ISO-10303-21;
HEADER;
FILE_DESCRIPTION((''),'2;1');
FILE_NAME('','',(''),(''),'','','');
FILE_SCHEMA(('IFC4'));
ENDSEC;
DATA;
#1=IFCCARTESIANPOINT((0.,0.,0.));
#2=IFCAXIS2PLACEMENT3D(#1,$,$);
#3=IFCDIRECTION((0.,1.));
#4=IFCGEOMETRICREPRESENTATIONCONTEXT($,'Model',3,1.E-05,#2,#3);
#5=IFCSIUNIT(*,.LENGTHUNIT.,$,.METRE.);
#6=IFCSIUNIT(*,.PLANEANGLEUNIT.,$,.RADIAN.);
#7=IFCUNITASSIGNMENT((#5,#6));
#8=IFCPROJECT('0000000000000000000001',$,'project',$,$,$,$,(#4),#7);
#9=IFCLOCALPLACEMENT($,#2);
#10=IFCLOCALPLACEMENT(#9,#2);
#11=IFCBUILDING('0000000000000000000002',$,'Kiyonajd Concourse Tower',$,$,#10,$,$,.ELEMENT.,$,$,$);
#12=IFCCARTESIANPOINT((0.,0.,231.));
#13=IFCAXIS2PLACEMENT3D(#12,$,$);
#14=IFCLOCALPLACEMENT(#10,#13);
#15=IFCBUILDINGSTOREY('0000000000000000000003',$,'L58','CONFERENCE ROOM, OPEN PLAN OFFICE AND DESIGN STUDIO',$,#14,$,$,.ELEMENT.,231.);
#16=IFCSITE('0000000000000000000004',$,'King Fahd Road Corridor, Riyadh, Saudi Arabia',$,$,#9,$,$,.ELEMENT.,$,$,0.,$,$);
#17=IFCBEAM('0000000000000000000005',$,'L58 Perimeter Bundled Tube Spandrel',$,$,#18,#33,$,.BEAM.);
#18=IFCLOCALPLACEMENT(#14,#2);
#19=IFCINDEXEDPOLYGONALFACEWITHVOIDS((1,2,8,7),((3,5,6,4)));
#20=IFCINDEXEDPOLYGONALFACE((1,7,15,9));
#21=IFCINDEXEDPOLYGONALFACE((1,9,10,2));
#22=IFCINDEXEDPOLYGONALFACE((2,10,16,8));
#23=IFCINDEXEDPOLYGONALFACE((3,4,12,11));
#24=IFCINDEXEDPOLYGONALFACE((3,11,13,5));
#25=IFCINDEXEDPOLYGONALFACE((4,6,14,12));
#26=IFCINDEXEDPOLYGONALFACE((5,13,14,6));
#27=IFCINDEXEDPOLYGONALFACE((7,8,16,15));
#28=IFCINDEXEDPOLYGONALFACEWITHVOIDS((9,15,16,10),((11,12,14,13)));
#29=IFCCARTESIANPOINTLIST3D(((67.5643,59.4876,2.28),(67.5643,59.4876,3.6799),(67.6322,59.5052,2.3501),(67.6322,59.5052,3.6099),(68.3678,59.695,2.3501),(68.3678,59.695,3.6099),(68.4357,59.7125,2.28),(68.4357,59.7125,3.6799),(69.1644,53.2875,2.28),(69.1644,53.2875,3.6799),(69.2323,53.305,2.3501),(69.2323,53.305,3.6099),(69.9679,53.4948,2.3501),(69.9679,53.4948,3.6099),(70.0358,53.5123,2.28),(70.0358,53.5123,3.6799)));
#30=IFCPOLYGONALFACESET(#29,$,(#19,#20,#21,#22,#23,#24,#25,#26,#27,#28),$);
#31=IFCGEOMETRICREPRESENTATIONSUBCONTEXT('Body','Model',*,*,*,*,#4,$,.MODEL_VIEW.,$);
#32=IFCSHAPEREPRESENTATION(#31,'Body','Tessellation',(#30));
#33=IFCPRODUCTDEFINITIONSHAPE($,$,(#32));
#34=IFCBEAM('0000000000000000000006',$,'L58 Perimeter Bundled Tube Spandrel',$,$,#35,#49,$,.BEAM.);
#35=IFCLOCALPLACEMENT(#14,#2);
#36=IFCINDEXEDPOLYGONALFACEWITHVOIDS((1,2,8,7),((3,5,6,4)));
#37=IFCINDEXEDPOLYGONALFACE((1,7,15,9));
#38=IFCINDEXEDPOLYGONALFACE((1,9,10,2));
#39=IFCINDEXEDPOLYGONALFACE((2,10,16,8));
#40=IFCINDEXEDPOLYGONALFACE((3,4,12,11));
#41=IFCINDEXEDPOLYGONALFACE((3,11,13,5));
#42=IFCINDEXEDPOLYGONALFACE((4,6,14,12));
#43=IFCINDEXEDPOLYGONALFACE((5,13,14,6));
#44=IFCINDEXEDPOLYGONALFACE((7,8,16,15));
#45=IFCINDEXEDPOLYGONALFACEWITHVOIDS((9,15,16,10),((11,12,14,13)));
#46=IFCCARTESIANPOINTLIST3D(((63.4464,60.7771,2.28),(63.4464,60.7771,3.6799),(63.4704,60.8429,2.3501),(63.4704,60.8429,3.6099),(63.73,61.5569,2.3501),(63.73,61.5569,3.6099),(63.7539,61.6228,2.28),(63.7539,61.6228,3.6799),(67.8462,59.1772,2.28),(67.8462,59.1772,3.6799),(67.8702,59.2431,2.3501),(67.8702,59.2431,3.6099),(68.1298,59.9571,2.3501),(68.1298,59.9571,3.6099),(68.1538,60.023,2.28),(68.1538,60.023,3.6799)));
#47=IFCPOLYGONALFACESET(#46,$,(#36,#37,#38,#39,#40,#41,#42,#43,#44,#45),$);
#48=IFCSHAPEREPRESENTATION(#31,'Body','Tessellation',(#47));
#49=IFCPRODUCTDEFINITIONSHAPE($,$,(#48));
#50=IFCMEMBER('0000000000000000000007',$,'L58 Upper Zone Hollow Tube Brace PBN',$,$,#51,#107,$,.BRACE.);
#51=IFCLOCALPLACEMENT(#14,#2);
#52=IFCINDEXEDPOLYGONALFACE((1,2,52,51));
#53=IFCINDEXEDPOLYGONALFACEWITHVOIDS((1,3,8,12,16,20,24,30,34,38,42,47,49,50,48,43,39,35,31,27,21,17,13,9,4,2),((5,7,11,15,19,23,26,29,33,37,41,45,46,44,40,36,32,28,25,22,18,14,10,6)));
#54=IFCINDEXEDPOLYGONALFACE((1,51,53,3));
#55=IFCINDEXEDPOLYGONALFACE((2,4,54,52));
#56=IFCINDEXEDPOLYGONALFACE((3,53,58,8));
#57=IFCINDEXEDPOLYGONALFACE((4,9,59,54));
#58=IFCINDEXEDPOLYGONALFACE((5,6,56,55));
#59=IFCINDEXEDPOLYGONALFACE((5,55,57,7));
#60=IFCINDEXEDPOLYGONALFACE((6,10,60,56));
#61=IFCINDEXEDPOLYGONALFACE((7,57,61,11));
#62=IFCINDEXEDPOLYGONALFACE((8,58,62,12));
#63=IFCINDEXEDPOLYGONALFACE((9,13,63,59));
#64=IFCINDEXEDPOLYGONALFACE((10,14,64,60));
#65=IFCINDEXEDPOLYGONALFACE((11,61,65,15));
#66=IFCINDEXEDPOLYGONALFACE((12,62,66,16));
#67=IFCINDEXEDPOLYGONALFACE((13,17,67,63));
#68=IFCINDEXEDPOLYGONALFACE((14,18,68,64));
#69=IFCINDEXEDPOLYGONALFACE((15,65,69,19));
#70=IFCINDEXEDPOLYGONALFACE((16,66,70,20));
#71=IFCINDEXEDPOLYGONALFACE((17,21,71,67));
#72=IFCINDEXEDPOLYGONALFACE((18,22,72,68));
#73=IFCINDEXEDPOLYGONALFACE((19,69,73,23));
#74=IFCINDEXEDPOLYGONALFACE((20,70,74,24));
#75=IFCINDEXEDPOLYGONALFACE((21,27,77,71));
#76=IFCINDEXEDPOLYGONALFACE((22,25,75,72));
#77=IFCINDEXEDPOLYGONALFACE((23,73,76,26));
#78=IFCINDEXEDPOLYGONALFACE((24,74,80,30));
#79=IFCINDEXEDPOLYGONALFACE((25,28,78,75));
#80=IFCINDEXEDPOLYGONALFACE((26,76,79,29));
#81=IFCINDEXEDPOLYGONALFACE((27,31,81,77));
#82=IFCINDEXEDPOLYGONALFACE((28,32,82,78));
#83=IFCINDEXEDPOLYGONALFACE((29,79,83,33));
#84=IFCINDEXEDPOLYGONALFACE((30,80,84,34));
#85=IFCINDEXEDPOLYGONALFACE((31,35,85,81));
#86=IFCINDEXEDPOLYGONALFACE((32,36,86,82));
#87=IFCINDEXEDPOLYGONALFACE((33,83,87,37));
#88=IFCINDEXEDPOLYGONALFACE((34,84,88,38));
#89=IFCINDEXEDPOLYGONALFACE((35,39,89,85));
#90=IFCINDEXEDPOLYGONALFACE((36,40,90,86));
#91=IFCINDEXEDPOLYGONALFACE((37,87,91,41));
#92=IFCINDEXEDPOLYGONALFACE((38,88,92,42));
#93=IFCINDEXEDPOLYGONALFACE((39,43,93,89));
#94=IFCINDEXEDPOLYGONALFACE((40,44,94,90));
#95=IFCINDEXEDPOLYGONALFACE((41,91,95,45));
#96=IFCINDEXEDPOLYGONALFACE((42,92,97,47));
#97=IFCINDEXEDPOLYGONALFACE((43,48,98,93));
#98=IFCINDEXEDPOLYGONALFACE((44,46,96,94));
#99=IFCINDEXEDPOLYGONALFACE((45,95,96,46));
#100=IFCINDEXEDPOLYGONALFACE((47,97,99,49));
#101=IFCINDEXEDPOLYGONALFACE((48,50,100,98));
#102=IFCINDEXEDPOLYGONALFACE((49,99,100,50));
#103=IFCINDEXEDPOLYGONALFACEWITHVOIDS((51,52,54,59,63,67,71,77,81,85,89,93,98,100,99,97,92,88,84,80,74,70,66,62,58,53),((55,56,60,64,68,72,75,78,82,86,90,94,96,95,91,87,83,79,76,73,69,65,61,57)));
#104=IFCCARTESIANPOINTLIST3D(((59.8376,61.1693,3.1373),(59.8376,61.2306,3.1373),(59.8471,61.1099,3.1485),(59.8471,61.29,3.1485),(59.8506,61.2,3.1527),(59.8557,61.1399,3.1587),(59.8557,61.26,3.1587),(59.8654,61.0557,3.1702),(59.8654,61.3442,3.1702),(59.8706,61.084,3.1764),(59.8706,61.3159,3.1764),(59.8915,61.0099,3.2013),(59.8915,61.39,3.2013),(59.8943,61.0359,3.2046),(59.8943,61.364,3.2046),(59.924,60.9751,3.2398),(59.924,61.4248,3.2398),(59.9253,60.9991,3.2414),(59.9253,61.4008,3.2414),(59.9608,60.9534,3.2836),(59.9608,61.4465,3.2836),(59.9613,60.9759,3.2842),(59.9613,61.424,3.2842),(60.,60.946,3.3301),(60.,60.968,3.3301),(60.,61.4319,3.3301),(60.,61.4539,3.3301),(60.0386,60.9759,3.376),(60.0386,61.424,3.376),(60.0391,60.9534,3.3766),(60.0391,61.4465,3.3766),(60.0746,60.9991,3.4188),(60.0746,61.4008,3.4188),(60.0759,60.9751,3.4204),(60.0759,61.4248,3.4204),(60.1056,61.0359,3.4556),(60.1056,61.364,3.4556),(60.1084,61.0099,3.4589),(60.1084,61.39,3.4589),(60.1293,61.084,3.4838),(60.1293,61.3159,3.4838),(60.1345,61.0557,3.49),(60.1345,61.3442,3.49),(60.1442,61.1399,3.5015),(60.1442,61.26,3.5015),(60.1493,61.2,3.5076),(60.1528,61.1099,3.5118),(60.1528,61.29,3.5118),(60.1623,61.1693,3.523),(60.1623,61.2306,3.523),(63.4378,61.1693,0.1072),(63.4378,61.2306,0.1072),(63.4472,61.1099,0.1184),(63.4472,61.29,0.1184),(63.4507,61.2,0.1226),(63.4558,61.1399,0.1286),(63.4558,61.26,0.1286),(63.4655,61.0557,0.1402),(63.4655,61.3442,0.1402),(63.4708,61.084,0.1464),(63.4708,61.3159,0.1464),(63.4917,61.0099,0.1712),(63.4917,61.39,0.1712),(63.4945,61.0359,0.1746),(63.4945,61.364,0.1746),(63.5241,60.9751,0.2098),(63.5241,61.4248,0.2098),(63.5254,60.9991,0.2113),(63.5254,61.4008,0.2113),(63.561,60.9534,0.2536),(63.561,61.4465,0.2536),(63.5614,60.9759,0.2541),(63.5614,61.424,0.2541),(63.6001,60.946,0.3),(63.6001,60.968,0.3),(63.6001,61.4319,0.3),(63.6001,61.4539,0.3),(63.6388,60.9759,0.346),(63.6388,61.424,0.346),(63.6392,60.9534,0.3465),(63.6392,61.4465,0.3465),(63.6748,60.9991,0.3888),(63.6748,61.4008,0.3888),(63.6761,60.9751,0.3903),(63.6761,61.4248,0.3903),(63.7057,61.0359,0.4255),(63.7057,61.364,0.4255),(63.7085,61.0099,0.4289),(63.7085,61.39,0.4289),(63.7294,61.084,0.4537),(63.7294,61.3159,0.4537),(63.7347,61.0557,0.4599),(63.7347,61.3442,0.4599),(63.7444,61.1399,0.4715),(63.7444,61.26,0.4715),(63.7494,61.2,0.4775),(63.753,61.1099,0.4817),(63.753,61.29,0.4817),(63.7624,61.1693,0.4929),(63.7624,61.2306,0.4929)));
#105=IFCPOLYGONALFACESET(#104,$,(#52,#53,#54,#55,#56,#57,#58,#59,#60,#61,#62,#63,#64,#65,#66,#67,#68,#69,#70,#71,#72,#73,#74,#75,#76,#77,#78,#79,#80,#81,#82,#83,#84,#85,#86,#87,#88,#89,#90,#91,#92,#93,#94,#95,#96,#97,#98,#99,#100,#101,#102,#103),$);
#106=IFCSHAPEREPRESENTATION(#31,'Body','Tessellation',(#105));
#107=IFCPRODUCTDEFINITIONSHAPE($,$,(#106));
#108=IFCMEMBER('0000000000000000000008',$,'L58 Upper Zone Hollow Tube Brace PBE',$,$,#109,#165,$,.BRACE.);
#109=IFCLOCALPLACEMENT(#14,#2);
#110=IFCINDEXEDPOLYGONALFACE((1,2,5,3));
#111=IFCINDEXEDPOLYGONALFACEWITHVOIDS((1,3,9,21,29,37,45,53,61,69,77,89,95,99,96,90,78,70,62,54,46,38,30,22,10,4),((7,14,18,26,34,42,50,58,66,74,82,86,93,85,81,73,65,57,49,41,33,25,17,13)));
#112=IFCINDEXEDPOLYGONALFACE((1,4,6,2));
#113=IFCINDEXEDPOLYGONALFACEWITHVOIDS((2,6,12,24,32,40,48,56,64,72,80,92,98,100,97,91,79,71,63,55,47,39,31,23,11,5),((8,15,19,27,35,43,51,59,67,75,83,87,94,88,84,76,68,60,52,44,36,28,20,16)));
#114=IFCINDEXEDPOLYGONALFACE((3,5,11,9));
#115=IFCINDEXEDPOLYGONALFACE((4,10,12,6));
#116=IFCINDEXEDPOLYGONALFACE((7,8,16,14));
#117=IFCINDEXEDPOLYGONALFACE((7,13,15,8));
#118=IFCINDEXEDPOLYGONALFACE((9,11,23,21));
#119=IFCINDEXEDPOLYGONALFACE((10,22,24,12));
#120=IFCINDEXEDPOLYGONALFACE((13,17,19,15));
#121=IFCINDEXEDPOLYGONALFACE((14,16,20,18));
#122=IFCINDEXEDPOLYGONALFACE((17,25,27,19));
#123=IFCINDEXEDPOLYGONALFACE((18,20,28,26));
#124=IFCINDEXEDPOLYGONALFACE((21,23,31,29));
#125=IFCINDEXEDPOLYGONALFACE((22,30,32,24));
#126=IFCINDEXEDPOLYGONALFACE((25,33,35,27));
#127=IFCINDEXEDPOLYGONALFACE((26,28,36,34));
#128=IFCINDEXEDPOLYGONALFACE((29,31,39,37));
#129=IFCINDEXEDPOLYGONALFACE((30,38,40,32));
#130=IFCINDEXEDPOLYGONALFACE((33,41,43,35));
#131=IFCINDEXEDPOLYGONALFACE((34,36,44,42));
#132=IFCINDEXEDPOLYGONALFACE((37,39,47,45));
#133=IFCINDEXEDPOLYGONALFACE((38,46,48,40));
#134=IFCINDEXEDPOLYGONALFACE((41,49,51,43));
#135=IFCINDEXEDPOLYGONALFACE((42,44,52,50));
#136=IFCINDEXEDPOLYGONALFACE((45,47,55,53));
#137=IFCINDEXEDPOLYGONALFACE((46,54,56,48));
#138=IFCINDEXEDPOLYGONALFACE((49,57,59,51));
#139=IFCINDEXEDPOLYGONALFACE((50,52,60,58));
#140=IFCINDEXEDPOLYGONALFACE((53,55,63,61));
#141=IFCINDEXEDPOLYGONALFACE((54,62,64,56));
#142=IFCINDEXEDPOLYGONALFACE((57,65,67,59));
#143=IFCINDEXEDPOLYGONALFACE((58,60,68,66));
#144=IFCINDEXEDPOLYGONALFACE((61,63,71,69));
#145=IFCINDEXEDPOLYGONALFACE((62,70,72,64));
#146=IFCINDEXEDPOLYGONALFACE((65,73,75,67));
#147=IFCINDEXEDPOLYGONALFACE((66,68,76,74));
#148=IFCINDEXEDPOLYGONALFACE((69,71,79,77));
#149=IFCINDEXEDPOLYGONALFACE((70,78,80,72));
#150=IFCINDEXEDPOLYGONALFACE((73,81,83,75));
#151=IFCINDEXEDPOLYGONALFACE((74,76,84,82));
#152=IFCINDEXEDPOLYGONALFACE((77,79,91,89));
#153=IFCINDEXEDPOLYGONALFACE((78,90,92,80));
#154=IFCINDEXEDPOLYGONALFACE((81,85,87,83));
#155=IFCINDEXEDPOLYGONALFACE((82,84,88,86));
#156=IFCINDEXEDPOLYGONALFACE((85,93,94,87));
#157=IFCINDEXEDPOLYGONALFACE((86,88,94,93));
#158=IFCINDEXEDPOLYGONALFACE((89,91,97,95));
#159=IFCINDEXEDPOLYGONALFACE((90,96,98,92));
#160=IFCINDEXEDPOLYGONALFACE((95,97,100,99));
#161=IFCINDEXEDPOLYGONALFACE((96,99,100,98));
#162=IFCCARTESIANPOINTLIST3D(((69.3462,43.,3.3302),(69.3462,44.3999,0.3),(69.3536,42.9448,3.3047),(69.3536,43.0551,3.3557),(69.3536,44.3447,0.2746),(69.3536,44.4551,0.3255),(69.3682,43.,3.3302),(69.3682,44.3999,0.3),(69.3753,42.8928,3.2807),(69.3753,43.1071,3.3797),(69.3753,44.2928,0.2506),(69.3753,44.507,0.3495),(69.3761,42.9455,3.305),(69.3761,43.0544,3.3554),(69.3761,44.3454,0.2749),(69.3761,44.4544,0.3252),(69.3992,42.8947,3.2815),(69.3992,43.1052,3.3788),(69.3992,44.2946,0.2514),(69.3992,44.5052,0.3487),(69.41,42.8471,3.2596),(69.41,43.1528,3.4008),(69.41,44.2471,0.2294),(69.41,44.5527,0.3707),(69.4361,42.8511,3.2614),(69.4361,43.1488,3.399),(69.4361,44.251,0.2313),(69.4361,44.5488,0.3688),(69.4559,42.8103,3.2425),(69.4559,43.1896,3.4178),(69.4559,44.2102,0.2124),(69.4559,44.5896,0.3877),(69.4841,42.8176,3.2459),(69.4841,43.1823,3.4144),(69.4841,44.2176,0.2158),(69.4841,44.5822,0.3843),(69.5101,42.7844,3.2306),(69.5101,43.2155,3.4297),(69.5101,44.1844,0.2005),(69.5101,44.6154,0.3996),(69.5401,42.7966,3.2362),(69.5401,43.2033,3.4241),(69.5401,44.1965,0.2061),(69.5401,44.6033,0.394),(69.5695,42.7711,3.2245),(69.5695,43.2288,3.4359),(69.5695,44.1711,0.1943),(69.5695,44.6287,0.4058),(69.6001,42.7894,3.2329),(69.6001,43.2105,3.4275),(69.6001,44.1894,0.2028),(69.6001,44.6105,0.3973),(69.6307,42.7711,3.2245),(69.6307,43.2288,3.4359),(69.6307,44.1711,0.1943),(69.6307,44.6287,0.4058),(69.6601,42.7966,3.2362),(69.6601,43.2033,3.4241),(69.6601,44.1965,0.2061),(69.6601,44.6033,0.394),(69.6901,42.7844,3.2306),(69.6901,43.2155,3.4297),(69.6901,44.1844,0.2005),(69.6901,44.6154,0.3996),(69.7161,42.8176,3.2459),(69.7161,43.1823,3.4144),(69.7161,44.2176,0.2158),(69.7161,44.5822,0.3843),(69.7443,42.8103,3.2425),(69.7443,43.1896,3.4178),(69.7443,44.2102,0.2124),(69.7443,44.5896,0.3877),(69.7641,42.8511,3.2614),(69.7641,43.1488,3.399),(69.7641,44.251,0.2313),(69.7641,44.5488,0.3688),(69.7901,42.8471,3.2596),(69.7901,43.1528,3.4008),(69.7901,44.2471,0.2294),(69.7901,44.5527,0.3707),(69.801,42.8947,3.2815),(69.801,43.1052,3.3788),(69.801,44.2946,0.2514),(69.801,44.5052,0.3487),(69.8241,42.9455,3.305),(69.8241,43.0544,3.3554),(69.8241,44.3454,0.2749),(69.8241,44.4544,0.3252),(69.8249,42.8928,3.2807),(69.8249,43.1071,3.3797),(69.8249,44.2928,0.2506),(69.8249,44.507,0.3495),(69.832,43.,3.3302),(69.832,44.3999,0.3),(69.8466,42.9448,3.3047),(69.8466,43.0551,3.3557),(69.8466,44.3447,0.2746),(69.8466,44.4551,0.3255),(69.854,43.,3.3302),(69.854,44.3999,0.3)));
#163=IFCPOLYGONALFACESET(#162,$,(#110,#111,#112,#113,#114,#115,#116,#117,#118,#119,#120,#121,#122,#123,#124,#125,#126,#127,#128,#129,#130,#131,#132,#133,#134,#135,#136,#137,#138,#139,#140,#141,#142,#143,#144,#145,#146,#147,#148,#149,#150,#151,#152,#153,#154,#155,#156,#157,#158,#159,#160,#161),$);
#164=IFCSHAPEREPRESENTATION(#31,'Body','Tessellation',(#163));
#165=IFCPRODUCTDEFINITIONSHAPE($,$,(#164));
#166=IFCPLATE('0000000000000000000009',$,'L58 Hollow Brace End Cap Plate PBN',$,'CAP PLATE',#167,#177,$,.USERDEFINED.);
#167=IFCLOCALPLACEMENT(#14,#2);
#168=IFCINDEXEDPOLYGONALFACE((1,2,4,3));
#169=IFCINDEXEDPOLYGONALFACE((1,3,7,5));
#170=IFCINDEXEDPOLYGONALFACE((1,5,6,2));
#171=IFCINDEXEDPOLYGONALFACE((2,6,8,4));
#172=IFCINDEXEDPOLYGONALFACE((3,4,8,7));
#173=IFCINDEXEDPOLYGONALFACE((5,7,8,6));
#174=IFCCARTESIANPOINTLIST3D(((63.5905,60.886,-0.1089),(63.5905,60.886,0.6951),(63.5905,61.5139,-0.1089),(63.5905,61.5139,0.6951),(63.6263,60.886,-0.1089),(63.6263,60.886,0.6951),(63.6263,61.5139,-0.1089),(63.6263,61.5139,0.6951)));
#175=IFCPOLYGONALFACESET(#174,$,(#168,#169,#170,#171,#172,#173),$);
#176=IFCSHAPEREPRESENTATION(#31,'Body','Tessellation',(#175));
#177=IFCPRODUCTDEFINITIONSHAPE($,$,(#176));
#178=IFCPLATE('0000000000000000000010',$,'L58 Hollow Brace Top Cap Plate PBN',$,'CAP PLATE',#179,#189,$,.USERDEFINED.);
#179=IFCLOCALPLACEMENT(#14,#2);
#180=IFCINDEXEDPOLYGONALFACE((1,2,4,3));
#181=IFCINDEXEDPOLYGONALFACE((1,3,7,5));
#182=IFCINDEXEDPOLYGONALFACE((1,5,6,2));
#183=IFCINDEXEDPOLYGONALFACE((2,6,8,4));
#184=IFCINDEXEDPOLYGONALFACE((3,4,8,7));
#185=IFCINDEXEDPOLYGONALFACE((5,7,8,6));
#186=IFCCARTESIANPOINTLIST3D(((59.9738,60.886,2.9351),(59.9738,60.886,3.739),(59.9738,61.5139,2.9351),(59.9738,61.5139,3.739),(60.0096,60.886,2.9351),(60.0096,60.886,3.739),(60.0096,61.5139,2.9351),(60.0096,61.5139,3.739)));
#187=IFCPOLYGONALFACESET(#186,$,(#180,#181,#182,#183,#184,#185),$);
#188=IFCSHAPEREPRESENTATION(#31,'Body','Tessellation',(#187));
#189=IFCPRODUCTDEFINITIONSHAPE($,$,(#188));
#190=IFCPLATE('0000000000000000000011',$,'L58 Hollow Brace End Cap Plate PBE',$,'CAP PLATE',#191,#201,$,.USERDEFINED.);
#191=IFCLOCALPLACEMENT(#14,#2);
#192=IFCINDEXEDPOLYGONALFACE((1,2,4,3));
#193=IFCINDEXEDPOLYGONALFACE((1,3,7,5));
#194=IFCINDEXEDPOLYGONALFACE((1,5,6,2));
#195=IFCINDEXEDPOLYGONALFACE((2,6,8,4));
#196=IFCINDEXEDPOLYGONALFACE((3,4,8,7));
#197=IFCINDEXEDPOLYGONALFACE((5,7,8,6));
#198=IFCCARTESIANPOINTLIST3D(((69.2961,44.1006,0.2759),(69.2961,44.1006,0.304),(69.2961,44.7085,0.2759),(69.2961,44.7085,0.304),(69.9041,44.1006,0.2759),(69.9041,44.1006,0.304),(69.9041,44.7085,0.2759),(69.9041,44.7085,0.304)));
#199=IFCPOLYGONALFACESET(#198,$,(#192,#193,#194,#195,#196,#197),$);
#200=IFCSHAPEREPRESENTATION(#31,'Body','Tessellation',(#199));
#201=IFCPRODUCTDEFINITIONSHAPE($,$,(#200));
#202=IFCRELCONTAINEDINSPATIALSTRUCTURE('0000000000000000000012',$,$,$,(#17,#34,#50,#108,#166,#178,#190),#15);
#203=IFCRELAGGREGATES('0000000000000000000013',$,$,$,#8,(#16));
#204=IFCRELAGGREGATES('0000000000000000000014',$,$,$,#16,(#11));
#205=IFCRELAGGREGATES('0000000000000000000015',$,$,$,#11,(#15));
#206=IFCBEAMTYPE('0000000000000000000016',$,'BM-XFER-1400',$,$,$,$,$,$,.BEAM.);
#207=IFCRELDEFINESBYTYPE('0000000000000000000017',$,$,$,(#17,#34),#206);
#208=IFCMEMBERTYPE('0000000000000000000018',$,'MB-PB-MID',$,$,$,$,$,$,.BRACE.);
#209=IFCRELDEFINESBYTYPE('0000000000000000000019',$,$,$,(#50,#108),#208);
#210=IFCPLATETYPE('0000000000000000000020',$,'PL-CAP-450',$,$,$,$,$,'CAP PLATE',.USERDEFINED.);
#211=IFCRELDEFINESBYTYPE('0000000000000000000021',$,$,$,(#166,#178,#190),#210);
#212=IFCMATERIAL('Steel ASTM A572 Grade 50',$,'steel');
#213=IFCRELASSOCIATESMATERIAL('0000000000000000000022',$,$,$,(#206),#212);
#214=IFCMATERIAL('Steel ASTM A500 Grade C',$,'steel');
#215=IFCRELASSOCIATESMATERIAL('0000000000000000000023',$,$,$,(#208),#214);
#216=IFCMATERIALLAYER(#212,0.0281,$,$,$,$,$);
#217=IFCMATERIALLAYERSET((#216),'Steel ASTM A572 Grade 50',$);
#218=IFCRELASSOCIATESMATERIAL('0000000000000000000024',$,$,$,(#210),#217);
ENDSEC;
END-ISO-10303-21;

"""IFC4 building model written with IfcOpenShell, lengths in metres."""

from ifc_helpers import new_model, si_unit, direction, frame, origin, origin_2d, place, context, subcontext, project, spatial, rectangle, hollow_rectangle, hollow_circle, extrude, material, layer, layer_set, material_profile, profile_set, type_object, element, save


model = new_model("IFC4")

# Units and contexts
model_context = context("Model", 3, precision=1e-05, world=origin(), true_north=direction((0.0, 1.0)))
body_context = subcontext(model_context, "Body", "Model", "MODEL_VIEW")
ifc_project = project(units=[si_unit("LENGTHUNIT", "METRE"), si_unit("PLANEANGLEUNIT", "RADIAN")], contexts=[model_context])

# Site, building, storey
site_placement = place(None, origin())
site = spatial("IfcSite", under=ifc_project, at=site_placement, Name="King Fahd Road Corridor, Riyadh, Saudi Arabia", CompositionType="ELEMENT", RefElevation=0.0)
building_placement = place(site_placement, origin())
building = spatial("IfcBuilding", under=site, at=building_placement, Name="Kiyonajd Concourse Tower", CompositionType="ELEMENT")
storey_placement = place(building_placement, frame((0.0, 0.0, 231.0)))
storey = spatial("IfcBuildingStorey", under=building, at=storey_placement, Name="L58", Description="CONFERENCE ROOM, OPEN PLAN OFFICE AND DESIGN STUDIO", CompositionType="ELEMENT", Elevation=231.0)

# Beams
ifc_material_1 = material(Name="Steel ASTM A572 Grade 50", Category="steel")
ifc_material_profile_1 = material_profile(ifc_material_1, hollow_rectangle(XDim=0.8999, YDim=1.3999, WallThickness=0.0701, at=origin_2d()), Name="BOX-1400x900x70")
ifc_profile_set_1 = profile_set([ifc_material_profile_1], Name="Steel ASTM A572 Grade 50")
beam_type_1 = type_object("IfcBeamType", Name="BM-XFER-1400", PredefinedType="BEAM", material=ifc_profile_set_1)
beam_1_placement = place(storey_placement, frame((69.6001, 53.3999, 2.98), z_axis=(-0.249885, 0.968276, 0.0), x_axis=(-0.968276, -0.249885, 0.0)))
element("IfcBeam", 1, at=beam_1_placement, inside=storey, type_object=beam_type_1, Name="L58 Perimeter Bundled Tube Spandrel", PredefinedType="BEAM", context=body_context, shape_type="SweptSolid", body=[
    extrude(hollow_rectangle(XDim=0.8999, YDim=1.3999, WallThickness=0.0701, at=origin_2d()), origin(), (0.0, 0.0, 1.0), 6.4033),
])
beam_2_placement = place(storey_placement, frame((68.0, 59.6001, 2.98), z_axis=(-0.939801, 0.341722, 0.0), x_axis=(-0.341722, -0.939801, 0.0)))
element("IfcBeam", 2, at=beam_2_placement, inside=storey, type_object=beam_type_1, Name="L58 Perimeter Bundled Tube Spandrel", PredefinedType="BEAM", context=body_context, shape_type="SweptSolid", body=[
    extrude(hollow_rectangle(XDim=0.8999, YDim=1.3999, WallThickness=0.0701, at=origin_2d()), origin(), (0.0, 0.0, 1.0), 4.6816),
])

# Members
ifc_material_2 = material(Name="Steel ASTM A500 Grade C", Category="steel")
ifc_material_profile_2 = material_profile(ifc_material_2, hollow_circle(Radius=0.2539, WallThickness=0.022, at=origin_2d()), Name="CHS-508x22")
ifc_profile_set_2 = profile_set([ifc_material_profile_2], Name="Steel ASTM A500 Grade C")
member_type = type_object("IfcMemberType", Name="MB-PB-MID", PredefinedType="BRACE", material=ifc_profile_set_2)
member_1_placement = place(storey_placement, frame((63.6001, 61.2, 0.3), z_axis=(-0.765082, 0.0, 0.643933), x_axis=(0.0, -1.0, 0.0)))
element("IfcMember", 3, at=member_1_placement, inside=storey, type_object=member_type, Name="L58 Upper Zone Hollow Tube Brace PBN", PredefinedType="BRACE", context=body_context, shape_type="SweptSolid", body=[
    extrude(hollow_circle(Radius=0.2539, WallThickness=0.022, at=origin_2d()), origin(), (0.0, 0.0, 1.0), 4.7056),
])
member_2_placement = place(storey_placement, frame((69.6001, 44.3999, 0.3), z_axis=(0.0, -0.419411, 0.907797), x_axis=(1.0, 0.0, 0.0)))
element("IfcMember", 4, at=member_2_placement, inside=storey, type_object=member_type, Name="L58 Upper Zone Hollow Tube Brace PBE", PredefinedType="BRACE", context=body_context, shape_type="SweptSolid", body=[
    extrude(hollow_circle(Radius=0.2539, WallThickness=0.022, at=origin_2d()), origin(), (0.0, 0.0, 1.0), 3.3379),
])

# Plates
ifc_layer_1 = layer(ifc_material_1, 0.0281)
ifc_layer_set_1 = layer_set([ifc_layer_1], Name="Steel ASTM A572 Grade 50")
plate_type_1 = type_object("IfcPlateType", Name="PL-CAP-450", ElementType="CAP PLATE", PredefinedType="USERDEFINED", material=ifc_layer_set_1)
for number, where, z_axis, x_axis, name in (
    (5, (63.6084, 61.2, -0.1089), (0.0, 0.0, 1.0), (1.0, 0.0, 0.0), "L58 Hollow Brace End Cap Plate PBN"),
    (6, (59.9917, 61.2, 2.9351), (0.0, 0.0, 1.0), (-1.0, 0.0, 0.0), "L58 Hollow Brace Top Cap Plate PBN"),
):
    element("IfcPlate", number, at=place(storey_placement, frame(where, z_axis=z_axis, x_axis=x_axis)), inside=storey, type_object=plate_type_1, Name=name, ObjectType="CAP PLATE", PredefinedType="USERDEFINED", context=body_context, shape_type="SweptSolid", body=[
        extrude(rectangle(XDim=0.0359, YDim=0.6279, at=origin_2d()), origin(), (0.0, 0.0, 1.0), 0.804),
    ])
plate_placement = place(storey_placement, frame((69.6001, 44.4045, 0.2759), z_axis=(0.0, 0.0, 1.0), x_axis=(1.0, 0.0, 0.0)))
element("IfcPlate", 7, at=plate_placement, inside=storey, type_object=plate_type_1, Name="L58 Hollow Brace End Cap Plate PBE", ObjectType="CAP PLATE", PredefinedType="USERDEFINED", context=body_context, shape_type="SweptSolid", body=[
    extrude(rectangle(XDim=0.6079, YDim=0.6079, at=origin_2d()), origin(), (0.0, 0.0, 1.0), 0.0281),
])

save(model, "model.ifc")
